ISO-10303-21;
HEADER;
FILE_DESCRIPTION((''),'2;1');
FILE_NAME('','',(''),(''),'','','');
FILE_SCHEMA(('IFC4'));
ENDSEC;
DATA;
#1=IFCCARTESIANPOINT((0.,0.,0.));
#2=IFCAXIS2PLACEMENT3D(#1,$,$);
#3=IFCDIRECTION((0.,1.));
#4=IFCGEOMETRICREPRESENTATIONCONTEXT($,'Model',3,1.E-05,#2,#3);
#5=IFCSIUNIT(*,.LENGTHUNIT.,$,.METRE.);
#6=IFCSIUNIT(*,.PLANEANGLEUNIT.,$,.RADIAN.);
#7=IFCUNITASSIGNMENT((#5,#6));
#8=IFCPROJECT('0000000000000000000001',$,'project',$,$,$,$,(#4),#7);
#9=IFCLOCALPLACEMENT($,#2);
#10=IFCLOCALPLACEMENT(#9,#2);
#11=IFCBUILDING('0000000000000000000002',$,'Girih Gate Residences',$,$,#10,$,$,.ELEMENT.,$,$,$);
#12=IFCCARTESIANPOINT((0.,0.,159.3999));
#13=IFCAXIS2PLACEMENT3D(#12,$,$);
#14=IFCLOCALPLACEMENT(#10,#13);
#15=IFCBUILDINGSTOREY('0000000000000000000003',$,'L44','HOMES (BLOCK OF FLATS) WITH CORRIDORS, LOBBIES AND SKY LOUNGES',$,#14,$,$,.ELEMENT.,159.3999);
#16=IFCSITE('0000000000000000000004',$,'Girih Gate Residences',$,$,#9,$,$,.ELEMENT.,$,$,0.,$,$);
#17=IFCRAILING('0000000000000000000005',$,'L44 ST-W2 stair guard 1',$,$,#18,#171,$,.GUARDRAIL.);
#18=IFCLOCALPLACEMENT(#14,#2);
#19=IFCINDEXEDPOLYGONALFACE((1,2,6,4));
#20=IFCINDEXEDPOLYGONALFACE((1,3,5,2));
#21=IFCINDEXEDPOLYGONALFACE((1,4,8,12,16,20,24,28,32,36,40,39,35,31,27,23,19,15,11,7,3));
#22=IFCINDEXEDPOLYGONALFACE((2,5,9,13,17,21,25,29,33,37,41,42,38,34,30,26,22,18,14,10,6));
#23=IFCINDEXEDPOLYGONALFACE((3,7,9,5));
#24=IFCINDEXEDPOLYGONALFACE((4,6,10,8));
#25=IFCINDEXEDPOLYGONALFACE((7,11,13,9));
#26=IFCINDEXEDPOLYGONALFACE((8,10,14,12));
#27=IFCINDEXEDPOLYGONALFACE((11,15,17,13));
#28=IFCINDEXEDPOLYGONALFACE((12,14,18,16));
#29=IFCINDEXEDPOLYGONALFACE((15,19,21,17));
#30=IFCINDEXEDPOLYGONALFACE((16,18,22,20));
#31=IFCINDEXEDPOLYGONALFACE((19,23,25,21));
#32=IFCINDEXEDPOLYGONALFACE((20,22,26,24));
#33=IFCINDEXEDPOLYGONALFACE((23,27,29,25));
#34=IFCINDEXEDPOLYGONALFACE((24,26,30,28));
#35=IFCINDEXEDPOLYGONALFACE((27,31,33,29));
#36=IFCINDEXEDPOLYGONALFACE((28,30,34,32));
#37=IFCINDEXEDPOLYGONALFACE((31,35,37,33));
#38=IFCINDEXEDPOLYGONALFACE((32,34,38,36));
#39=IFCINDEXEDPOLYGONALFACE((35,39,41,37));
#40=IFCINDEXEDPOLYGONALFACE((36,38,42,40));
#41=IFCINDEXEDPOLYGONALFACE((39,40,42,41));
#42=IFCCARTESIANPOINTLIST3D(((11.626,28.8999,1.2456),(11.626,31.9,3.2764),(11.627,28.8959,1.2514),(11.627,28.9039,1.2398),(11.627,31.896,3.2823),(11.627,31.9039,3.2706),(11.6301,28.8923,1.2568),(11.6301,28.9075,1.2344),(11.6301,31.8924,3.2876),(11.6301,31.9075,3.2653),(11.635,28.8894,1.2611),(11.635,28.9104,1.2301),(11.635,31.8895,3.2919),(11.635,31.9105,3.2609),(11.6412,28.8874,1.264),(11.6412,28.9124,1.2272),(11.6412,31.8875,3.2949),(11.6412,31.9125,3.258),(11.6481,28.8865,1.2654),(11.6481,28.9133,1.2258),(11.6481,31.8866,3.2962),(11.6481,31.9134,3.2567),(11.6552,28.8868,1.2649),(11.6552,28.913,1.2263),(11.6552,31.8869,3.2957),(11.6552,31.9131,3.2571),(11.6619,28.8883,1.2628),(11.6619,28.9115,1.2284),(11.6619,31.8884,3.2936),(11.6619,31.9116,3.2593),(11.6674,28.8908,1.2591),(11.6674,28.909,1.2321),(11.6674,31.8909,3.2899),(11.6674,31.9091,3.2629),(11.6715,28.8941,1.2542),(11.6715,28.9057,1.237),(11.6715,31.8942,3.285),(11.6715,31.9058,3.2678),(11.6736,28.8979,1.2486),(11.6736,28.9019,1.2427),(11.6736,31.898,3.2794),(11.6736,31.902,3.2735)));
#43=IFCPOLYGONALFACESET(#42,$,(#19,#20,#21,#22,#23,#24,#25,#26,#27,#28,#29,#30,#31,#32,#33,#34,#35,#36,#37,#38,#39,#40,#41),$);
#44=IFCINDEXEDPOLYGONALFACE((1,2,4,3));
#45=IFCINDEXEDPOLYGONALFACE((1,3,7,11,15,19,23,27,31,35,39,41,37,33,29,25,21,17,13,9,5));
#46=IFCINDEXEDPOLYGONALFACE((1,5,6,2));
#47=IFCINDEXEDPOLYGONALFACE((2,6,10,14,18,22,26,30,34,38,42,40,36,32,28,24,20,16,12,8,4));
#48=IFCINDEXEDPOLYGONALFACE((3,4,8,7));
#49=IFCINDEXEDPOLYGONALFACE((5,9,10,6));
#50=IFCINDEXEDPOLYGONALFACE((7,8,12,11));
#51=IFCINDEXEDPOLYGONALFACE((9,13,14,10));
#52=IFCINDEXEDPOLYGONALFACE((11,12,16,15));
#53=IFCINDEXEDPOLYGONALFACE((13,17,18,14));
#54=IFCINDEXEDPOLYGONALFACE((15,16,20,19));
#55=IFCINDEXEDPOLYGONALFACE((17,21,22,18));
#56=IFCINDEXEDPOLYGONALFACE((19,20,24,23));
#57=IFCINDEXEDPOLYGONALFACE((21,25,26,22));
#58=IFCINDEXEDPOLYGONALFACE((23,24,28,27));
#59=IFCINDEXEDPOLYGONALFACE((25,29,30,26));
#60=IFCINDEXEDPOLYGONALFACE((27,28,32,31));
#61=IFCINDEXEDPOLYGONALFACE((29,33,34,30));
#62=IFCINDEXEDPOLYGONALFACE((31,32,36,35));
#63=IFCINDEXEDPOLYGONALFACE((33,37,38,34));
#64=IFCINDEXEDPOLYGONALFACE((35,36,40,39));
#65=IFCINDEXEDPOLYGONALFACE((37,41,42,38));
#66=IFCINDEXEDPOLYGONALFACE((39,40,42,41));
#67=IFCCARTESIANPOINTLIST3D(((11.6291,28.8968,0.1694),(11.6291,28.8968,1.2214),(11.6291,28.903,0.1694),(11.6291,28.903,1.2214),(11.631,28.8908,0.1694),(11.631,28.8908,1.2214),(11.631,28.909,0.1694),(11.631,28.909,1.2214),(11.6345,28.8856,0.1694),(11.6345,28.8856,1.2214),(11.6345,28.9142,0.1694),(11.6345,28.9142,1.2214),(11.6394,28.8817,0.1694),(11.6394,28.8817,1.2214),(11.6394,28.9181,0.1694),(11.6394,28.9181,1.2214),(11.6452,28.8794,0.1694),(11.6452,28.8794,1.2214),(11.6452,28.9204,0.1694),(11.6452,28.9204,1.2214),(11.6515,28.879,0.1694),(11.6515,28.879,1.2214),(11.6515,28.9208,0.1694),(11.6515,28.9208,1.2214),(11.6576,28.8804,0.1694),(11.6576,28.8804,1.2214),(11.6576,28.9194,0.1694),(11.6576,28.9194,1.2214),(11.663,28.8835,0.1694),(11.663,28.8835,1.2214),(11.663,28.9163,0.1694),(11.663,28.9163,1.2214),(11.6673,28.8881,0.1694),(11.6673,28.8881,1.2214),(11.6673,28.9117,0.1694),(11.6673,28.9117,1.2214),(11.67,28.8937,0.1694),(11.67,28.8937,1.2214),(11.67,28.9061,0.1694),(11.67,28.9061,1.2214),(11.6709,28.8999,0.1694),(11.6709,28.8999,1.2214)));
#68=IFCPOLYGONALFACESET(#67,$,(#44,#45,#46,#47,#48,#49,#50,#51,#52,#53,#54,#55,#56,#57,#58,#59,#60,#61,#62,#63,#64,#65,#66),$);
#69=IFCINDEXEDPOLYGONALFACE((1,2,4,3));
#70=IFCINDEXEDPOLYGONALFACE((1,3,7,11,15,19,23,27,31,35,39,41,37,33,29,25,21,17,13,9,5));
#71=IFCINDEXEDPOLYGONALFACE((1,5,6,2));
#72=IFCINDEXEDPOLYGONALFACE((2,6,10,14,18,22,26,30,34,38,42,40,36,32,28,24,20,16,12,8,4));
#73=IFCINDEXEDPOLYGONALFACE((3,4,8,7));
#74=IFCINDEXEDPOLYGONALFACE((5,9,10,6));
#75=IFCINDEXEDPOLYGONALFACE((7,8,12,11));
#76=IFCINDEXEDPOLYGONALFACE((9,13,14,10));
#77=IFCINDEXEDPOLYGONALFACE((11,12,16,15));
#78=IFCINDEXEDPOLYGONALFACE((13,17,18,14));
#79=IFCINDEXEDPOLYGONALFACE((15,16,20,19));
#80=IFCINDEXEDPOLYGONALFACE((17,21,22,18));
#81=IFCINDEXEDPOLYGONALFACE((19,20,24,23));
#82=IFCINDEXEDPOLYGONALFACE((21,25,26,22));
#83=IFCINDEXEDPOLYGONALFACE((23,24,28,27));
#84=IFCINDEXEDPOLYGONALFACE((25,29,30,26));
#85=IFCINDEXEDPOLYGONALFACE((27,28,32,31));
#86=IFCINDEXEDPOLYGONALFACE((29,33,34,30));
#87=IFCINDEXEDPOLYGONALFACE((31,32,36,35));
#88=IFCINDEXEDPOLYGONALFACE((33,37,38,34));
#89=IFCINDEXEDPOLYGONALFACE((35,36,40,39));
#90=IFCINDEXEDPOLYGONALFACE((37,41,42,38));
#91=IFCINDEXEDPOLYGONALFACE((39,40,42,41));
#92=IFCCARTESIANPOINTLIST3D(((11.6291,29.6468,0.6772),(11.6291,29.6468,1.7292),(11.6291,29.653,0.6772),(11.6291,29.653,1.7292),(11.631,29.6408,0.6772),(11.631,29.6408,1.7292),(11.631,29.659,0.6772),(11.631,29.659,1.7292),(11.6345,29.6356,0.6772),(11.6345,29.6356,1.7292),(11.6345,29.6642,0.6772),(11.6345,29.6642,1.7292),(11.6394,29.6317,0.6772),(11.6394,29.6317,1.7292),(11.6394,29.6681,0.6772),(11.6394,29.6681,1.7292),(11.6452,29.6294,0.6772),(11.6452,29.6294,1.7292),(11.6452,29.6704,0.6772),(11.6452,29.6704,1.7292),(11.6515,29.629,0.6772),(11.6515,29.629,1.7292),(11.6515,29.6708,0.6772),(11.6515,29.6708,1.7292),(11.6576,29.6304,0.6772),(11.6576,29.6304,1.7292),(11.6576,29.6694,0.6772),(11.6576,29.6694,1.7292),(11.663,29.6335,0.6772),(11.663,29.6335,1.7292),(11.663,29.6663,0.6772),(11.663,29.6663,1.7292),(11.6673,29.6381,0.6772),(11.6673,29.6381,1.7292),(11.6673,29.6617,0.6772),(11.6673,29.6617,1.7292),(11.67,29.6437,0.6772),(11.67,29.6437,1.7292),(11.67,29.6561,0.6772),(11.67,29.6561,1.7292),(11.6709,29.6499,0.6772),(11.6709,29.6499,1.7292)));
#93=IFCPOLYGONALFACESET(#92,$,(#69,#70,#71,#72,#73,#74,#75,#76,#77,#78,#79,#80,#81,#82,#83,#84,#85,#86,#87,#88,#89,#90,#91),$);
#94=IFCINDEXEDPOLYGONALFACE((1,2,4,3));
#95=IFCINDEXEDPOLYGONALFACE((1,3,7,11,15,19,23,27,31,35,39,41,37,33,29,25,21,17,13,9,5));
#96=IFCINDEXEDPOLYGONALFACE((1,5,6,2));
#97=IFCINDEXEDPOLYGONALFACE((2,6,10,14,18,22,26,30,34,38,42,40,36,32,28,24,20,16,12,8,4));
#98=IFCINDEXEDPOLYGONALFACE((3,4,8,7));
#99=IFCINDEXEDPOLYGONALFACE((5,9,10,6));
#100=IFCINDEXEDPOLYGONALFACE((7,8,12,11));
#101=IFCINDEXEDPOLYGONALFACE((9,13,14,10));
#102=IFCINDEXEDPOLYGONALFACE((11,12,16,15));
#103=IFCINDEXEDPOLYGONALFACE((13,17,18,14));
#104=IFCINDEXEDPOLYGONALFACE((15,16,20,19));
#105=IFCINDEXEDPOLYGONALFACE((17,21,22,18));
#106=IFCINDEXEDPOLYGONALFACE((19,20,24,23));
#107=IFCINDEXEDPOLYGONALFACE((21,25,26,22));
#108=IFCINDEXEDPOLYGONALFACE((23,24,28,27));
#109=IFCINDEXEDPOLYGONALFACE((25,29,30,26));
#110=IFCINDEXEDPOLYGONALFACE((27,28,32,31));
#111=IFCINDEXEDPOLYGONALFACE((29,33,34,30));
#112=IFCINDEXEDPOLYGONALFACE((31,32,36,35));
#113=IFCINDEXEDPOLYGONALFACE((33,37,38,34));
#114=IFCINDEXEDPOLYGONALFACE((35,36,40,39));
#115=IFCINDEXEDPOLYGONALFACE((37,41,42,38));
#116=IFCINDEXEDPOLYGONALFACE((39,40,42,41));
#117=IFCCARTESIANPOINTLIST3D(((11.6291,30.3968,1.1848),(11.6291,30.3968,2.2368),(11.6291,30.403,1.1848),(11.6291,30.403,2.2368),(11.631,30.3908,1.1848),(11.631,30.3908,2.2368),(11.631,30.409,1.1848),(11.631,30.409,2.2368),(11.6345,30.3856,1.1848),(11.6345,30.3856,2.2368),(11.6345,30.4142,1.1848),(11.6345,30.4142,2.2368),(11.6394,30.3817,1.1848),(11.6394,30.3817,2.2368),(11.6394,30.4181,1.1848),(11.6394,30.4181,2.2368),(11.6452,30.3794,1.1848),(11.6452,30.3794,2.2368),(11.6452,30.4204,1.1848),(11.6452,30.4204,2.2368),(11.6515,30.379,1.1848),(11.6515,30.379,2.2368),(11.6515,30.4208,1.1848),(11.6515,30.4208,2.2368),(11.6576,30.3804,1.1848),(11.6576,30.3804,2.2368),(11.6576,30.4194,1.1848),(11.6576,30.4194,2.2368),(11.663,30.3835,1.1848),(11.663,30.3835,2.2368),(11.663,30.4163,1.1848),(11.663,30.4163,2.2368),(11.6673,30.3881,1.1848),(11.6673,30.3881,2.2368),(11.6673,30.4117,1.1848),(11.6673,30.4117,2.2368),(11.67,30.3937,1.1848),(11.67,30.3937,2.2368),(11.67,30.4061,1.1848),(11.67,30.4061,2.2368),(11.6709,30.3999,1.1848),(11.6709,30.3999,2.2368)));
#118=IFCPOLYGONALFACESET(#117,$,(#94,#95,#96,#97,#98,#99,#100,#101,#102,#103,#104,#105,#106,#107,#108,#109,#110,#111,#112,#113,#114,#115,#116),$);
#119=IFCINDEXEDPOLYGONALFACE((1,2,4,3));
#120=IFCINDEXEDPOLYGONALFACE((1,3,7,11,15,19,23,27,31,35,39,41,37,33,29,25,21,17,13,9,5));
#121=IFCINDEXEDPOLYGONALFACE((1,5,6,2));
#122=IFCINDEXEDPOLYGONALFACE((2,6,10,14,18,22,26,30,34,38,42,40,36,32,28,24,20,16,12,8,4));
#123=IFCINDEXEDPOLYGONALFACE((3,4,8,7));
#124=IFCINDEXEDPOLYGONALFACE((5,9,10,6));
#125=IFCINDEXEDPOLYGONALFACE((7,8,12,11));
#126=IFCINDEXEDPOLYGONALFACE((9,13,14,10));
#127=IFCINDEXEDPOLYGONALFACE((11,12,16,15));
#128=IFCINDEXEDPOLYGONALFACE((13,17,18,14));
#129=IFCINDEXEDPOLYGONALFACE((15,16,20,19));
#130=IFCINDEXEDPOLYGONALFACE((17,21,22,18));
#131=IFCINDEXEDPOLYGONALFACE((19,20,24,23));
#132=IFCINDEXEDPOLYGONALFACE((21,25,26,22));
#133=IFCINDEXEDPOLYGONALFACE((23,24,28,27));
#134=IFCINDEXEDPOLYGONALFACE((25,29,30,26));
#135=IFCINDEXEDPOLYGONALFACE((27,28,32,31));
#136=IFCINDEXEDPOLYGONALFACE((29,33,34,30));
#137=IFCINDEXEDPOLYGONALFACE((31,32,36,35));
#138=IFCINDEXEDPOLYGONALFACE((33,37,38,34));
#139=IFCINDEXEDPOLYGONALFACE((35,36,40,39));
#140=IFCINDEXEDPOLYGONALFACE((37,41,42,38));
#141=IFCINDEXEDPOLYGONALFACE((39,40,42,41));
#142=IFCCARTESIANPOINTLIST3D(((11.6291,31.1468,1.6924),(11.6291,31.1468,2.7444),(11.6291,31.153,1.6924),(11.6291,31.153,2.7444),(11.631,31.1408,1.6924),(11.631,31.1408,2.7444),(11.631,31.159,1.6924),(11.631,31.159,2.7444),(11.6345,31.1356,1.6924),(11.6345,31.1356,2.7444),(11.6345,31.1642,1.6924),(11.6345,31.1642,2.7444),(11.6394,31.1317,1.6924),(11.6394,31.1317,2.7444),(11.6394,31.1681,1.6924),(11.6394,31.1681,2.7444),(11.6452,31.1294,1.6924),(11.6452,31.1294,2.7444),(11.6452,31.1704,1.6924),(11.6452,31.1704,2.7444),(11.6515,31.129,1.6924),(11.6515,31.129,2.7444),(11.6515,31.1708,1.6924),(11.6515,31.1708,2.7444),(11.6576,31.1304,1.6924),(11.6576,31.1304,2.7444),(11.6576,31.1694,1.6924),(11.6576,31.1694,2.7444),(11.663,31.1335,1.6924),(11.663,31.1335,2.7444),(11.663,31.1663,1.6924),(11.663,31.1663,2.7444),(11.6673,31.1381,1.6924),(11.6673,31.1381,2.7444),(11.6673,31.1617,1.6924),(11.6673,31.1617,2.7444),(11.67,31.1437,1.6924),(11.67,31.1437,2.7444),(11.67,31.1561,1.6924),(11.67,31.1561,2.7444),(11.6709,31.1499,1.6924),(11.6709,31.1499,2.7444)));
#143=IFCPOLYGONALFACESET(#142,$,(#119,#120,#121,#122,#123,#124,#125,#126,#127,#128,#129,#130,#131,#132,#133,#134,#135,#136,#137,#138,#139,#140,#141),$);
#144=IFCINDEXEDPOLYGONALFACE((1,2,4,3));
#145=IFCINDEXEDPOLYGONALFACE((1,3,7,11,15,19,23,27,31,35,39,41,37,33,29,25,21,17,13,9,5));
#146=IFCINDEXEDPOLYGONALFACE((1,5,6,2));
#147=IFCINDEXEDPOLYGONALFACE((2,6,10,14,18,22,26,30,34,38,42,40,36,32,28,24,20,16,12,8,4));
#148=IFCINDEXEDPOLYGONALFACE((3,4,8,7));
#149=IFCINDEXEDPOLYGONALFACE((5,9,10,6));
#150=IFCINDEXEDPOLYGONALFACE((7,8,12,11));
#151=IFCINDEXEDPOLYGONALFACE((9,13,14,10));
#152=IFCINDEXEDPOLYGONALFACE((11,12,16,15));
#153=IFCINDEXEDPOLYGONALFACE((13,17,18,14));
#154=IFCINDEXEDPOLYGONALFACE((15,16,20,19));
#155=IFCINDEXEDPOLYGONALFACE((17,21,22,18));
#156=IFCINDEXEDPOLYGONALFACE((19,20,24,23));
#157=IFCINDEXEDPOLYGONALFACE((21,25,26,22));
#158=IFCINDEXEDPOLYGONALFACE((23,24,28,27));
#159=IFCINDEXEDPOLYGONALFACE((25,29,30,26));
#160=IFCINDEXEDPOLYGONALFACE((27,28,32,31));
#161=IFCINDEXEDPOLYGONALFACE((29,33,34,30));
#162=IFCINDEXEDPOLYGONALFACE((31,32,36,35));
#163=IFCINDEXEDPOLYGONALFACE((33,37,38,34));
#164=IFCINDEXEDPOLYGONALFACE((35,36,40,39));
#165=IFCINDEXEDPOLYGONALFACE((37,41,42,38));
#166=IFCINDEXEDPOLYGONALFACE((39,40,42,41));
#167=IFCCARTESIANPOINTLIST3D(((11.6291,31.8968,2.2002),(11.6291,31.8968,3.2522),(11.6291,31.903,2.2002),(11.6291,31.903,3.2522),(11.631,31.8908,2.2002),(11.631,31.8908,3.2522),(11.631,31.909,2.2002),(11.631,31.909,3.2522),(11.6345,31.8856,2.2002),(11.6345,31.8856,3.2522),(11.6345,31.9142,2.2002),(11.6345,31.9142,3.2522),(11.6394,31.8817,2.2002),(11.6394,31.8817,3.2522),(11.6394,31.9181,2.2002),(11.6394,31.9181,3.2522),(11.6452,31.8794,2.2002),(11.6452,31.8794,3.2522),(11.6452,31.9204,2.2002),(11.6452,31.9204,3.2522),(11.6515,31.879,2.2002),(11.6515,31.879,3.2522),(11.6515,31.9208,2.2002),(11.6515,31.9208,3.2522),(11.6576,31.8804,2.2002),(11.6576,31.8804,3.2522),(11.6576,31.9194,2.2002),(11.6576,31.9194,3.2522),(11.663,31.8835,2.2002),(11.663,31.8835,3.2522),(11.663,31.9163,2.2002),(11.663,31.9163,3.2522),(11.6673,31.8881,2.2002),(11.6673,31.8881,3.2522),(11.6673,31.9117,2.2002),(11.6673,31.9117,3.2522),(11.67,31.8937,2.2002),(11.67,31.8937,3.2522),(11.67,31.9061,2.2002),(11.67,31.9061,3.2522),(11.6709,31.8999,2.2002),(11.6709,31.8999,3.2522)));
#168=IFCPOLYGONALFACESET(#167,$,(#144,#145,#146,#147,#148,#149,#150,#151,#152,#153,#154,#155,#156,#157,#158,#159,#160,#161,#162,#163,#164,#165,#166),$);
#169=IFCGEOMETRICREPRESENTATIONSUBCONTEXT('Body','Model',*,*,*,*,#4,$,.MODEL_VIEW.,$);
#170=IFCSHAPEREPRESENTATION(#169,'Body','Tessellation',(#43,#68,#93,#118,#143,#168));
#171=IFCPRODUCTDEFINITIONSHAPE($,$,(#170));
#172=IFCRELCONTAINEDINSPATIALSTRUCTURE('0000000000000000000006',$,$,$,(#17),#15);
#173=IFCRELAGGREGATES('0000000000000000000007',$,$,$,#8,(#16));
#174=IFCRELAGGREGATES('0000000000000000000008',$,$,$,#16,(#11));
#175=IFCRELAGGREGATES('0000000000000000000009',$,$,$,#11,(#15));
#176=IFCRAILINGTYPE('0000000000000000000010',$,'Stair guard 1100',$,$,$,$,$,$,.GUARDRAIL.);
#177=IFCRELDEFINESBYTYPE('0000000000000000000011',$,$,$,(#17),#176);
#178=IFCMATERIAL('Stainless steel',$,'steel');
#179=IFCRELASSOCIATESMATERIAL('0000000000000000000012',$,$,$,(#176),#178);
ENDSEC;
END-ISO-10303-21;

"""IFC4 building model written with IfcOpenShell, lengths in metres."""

from ifc_helpers import new_model, si_unit, direction, frame, origin, origin_2d, place, context, subcontext, project, spatial, circle, extrude, material, type_object, element, save


model = new_model("IFC4")

# Units and contexts
model_context = context("Model", 3, precision=1e-05, world=origin(), true_north=direction((0.0, 1.0)))
body_context = subcontext(model_context, "Body", "Model", "MODEL_VIEW")
ifc_project = project(units=[si_unit("LENGTHUNIT", "METRE"), si_unit("PLANEANGLEUNIT", "RADIAN")], contexts=[model_context])

# Site, building, storey
site_placement = place(None, origin())
site = spatial("IfcSite", under=ifc_project, at=site_placement, Name="Girih Gate Residences", CompositionType="ELEMENT", RefElevation=0.0)
building_placement = place(site_placement, origin())
building = spatial("IfcBuilding", under=site, at=building_placement, Name="Girih Gate Residences", CompositionType="ELEMENT")
storey_placement = place(building_placement, frame((0.0, 0.0, 159.3999)))
storey = spatial("IfcBuildingStorey", under=building, at=storey_placement, Name="L44", Description="HOMES (BLOCK OF FLATS) WITH CORRIDORS, LOBBIES AND SKY LOUNGES", CompositionType="ELEMENT", Elevation=159.3999)

# Railing
ifc_material_1 = material(Name="Stainless steel", Category="steel")
railing_type_1 = type_object("IfcRailingType", Name="Stair guard 1100", PredefinedType="GUARDRAIL", material=ifc_material_1)
railing_1_placement = place(storey_placement, frame((11.6499, 28.8999, 0.1694)))
element("IfcRailing", 1, at=railing_1_placement, inside=storey, type_object=railing_type_1, Name="L44 ST-W2 stair guard 1", PredefinedType="GUARDRAIL", context=body_context, shape_type="SweptSolid", body=[
    extrude(circle(Radius=0.0239, at=origin_2d()), frame((0.0, 0.0, 1.0762), z_axis=(0.0, 0.82811, 0.560565), x_axis=(-1.0, 0.0, 0.0)), (0.0, 0.0, 1.0), 3.6228),
    extrude(circle(Radius=0.021, at=origin_2d()), origin(), (0.0, 0.0, 1.0), 1.052),
    extrude(circle(Radius=0.021, at=origin_2d()), frame((0.0, 0.75, 0.5078)), (0.0, 0.0, 1.0), 1.052),
    extrude(circle(Radius=0.021, at=origin_2d()), frame((0.0, 1.5, 1.0154)), (0.0, 0.0, 1.0), 1.052),
    extrude(circle(Radius=0.021, at=origin_2d()), frame((0.0, 2.25, 1.5229)), (0.0, 0.0, 1.0), 1.052),
    extrude(circle(Radius=0.021, at=origin_2d()), frame((0.0, 3.0, 2.0308)), (0.0, 0.0, 1.0), 1.052),
])

save(model, "model.ifc")
